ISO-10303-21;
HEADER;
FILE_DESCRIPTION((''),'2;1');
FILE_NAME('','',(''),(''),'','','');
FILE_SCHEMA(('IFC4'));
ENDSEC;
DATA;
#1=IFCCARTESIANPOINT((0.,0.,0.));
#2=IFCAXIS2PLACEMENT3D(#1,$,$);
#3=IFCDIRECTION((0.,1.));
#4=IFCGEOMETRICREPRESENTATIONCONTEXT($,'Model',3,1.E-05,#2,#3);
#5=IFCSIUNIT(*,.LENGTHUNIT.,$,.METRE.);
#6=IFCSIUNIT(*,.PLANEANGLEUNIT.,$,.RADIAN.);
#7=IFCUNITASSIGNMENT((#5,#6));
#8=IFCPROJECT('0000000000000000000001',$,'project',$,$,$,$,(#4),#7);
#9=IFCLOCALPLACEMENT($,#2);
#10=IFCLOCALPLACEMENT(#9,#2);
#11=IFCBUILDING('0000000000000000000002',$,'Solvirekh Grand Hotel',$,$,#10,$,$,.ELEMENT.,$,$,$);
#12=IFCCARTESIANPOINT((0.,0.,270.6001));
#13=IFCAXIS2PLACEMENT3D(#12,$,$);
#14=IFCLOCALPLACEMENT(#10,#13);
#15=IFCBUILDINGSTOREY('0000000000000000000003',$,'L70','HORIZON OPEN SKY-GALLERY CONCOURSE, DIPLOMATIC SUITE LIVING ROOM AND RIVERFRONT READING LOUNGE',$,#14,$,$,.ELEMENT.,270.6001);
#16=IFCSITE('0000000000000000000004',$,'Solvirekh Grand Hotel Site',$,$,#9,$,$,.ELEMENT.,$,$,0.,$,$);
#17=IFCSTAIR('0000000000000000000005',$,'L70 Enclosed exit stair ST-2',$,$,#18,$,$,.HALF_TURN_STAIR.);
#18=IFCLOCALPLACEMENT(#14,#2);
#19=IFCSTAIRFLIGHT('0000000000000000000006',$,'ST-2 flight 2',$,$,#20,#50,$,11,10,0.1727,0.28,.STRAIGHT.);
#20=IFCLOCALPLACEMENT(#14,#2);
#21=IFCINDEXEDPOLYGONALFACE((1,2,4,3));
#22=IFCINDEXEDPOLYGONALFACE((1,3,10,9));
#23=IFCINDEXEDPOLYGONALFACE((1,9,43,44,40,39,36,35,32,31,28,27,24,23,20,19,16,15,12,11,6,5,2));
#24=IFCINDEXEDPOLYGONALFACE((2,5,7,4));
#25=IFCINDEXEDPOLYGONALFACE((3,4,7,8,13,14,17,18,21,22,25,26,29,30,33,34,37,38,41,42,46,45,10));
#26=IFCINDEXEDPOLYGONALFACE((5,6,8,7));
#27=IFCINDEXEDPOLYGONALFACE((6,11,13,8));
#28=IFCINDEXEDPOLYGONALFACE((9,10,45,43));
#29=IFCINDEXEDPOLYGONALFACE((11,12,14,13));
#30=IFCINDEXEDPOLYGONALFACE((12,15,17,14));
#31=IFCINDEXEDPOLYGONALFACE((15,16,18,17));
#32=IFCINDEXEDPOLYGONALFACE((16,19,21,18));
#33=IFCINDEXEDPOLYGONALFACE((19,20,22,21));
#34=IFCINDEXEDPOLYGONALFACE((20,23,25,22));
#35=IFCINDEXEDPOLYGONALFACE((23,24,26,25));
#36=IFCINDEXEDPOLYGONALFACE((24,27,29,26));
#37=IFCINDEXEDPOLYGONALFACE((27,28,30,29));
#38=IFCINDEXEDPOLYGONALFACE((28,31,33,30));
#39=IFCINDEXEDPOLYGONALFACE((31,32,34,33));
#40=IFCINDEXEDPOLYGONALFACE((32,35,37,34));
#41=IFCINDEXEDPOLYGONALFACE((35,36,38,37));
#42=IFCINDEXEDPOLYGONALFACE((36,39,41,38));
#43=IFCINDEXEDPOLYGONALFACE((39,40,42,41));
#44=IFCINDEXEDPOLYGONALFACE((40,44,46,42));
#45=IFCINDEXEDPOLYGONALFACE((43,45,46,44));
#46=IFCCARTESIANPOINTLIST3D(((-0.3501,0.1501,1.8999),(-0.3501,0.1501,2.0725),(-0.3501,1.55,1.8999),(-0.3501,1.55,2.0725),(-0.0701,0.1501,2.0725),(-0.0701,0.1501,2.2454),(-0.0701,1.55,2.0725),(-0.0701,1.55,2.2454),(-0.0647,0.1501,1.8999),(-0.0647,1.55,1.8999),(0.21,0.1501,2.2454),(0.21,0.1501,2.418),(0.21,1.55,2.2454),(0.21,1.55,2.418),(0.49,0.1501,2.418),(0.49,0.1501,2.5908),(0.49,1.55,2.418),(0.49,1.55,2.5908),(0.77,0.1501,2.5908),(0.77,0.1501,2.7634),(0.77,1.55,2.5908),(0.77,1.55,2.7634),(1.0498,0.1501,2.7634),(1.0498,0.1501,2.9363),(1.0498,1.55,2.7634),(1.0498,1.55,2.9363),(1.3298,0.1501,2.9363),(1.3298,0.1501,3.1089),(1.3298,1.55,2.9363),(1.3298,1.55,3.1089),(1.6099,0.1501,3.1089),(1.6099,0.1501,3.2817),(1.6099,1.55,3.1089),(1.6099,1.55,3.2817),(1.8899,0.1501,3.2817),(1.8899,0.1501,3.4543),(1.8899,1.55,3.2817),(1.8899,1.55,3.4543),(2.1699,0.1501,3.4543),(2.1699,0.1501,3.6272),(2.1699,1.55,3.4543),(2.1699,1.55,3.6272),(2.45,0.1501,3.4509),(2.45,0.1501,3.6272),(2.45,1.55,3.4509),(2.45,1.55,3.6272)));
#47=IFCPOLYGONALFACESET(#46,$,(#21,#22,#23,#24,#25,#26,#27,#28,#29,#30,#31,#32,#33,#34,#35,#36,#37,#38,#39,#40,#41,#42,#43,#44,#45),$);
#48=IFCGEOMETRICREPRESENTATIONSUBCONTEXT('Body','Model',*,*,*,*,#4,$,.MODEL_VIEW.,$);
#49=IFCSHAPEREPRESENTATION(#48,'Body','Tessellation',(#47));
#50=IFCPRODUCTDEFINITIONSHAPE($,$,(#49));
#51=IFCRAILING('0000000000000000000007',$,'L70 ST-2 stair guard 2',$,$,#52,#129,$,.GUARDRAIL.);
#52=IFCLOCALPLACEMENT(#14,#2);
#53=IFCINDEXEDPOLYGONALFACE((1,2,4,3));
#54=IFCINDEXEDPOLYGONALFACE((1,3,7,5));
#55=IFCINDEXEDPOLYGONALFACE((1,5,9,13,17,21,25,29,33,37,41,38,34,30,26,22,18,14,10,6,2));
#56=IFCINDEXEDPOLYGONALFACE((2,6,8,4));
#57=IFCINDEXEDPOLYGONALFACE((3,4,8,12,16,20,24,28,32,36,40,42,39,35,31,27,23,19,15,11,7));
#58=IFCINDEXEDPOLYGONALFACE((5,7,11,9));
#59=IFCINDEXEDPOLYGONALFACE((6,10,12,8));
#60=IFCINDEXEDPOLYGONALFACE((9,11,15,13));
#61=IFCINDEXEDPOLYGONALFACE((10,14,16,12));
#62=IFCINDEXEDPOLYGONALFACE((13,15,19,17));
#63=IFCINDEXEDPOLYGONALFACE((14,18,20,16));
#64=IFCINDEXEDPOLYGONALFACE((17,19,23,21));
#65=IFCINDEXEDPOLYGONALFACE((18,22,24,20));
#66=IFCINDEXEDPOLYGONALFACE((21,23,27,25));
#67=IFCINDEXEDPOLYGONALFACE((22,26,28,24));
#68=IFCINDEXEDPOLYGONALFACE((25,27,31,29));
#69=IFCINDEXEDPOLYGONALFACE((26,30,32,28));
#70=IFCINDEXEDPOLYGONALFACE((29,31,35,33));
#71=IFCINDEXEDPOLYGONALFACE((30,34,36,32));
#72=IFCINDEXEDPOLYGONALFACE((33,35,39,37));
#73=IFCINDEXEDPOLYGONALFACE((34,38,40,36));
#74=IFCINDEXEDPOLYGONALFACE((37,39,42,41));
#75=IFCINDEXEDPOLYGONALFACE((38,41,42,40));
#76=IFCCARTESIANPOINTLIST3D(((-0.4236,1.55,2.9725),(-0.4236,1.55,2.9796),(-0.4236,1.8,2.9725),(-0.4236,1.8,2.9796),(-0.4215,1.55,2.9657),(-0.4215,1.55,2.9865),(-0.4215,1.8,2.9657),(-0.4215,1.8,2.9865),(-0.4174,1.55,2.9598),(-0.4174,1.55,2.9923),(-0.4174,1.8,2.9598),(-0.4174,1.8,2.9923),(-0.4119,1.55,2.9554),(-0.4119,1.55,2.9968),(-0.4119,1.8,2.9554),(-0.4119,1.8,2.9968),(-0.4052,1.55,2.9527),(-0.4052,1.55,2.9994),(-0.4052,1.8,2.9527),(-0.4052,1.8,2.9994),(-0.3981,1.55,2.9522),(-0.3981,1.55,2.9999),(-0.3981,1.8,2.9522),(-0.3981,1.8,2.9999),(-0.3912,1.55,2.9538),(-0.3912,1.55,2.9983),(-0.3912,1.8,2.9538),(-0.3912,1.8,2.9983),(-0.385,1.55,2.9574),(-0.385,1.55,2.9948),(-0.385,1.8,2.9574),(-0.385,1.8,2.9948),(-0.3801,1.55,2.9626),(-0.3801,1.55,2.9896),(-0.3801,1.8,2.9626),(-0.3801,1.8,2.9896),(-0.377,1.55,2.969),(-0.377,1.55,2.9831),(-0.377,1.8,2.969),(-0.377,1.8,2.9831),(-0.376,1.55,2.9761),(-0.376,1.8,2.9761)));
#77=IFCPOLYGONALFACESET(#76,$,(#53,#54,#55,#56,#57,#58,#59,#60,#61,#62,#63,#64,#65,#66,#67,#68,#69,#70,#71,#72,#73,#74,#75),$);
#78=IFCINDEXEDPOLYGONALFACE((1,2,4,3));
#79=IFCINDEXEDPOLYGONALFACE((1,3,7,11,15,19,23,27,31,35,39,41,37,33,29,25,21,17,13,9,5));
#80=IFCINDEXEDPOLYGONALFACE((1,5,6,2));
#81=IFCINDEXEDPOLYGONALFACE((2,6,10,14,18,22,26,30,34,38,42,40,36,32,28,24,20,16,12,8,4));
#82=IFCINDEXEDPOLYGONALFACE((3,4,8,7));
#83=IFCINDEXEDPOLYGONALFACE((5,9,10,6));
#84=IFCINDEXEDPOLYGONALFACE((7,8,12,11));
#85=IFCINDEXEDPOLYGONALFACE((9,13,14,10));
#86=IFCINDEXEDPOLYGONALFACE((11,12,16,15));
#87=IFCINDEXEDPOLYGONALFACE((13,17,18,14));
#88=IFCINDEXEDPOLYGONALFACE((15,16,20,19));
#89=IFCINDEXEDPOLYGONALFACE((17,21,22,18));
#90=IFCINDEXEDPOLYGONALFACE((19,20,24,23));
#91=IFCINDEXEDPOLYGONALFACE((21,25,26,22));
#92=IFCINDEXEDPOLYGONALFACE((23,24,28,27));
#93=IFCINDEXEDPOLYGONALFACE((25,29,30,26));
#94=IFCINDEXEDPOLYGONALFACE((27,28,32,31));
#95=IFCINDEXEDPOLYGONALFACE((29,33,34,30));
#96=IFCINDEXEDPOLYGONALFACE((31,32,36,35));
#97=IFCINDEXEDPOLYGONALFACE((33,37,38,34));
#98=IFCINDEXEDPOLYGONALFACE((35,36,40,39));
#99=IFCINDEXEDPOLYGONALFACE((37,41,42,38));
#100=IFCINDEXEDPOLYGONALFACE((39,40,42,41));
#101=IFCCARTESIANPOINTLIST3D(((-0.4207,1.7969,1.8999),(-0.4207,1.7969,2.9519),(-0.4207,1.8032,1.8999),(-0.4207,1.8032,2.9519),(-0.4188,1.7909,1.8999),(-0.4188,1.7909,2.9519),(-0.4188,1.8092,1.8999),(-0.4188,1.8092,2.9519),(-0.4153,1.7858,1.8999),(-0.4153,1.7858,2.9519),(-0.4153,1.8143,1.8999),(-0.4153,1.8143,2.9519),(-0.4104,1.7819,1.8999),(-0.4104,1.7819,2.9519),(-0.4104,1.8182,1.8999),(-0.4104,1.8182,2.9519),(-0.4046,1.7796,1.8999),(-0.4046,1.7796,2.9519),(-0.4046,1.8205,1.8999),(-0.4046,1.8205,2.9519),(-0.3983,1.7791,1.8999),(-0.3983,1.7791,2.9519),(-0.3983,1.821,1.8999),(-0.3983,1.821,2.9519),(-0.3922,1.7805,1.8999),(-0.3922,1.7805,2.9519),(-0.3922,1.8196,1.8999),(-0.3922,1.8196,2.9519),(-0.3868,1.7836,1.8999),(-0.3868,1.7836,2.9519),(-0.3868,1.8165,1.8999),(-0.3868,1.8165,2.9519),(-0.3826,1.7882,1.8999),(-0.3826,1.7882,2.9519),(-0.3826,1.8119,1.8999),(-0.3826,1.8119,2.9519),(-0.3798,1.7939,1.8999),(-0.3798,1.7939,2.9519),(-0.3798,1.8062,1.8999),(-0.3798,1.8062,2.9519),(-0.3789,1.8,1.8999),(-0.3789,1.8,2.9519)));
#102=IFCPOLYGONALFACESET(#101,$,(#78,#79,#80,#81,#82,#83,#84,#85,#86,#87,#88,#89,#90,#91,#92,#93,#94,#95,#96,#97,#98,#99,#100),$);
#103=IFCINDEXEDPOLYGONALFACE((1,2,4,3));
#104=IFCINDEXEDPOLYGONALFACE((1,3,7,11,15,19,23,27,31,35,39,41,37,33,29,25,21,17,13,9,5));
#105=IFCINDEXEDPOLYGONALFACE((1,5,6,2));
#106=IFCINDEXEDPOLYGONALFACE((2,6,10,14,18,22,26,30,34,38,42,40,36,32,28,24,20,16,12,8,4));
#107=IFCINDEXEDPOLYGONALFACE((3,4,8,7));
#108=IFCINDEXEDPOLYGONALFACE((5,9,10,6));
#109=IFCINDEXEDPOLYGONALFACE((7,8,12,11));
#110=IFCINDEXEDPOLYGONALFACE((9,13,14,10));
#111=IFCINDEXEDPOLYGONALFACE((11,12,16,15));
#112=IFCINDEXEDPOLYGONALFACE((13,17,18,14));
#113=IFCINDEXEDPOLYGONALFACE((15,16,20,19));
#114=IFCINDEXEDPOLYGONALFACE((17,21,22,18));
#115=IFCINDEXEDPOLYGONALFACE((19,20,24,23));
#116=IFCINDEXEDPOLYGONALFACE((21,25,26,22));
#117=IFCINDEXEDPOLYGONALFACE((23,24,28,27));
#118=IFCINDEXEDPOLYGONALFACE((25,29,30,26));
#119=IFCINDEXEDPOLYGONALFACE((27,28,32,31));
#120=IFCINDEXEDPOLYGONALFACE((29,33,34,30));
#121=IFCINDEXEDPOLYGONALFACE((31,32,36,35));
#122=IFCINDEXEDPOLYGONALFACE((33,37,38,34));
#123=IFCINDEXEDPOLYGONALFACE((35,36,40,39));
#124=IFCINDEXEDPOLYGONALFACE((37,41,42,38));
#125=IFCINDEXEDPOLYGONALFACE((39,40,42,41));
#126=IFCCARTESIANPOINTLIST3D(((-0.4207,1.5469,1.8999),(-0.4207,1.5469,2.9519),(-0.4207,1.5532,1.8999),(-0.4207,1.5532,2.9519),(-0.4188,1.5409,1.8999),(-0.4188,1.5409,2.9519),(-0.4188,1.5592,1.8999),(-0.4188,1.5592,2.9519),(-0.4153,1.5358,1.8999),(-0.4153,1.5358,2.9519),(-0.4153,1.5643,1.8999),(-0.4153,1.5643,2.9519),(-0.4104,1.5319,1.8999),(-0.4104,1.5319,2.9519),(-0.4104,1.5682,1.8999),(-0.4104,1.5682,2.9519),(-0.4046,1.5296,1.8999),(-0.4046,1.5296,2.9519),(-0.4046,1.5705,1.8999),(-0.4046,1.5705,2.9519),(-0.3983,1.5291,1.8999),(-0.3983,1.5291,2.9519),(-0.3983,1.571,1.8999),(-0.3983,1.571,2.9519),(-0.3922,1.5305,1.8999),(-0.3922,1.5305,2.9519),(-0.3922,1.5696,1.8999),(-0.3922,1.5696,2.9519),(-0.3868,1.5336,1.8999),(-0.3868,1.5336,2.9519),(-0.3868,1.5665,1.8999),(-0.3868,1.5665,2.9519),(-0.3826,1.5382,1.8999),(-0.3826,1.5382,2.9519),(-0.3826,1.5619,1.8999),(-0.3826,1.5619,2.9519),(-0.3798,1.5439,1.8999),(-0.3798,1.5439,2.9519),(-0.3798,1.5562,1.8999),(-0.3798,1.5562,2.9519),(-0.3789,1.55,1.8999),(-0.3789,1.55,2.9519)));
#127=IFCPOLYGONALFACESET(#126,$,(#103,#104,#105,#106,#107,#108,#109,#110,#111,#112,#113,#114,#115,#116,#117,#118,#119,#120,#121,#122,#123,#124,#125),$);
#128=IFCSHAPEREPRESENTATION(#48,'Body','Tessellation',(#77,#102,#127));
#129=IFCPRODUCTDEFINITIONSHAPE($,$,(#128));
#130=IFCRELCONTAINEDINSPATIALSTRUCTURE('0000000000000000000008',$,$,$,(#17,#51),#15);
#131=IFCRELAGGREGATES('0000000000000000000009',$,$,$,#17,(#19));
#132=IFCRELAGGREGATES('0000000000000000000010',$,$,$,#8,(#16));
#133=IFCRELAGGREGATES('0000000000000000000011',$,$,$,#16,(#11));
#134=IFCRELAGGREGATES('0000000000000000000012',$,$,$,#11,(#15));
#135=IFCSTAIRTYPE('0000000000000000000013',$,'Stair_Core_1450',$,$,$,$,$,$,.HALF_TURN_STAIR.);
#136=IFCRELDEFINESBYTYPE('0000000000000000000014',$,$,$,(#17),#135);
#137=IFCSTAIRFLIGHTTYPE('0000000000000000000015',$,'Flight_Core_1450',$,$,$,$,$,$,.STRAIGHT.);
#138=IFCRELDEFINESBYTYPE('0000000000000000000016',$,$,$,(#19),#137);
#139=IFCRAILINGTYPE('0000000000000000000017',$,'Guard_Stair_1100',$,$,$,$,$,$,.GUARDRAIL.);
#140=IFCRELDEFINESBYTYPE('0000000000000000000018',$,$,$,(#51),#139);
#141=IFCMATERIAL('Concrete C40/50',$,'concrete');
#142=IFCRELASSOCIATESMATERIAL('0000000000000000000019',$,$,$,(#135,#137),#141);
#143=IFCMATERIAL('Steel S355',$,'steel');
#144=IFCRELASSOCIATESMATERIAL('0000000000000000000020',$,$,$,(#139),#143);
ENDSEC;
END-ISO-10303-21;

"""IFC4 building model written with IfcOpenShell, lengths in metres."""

from ifc_helpers import new_model, si_unit, direction, frame, origin, origin_2d, place, context, subcontext, project, spatial, polyline, circle, outline, extrude, material, type_object, element, aggregate, save


model = new_model("IFC4")

# Units and contexts
model_context = context("Model", 3, precision=1e-05, world=origin(), true_north=direction((0.0, 1.0)))
body_context = subcontext(model_context, "Body", "Model", "MODEL_VIEW")
ifc_project = project(units=[si_unit("LENGTHUNIT", "METRE"), si_unit("PLANEANGLEUNIT", "RADIAN")], contexts=[model_context])

# Site, building, storey
site_placement = place(None, origin())
site = spatial("IfcSite", under=ifc_project, at=site_placement, Name="Solvirekh Grand Hotel Site", CompositionType="ELEMENT", RefElevation=0.0)
building_placement = place(site_placement, origin())
building = spatial("IfcBuilding", under=site, at=building_placement, Name="Solvirekh Grand Hotel", CompositionType="ELEMENT")
storey_placement = place(building_placement, frame((0.0, 0.0, 270.6001)))
storey = spatial("IfcBuildingStorey", under=building, at=storey_placement, Name="L70", Description="HORIZON OPEN SKY-GALLERY CONCOURSE, DIPLOMATIC SUITE LIVING ROOM AND RIVERFRONT READING LOUNGE", CompositionType="ELEMENT", Elevation=270.6001)

# Shared definitions
ifc_material_1 = material(Name="Steel S355", Category="steel")

# Shared definitions
ifc_material_2 = material(Name="Concrete C40/50", Category="concrete")

# Stair, stair flight
stair_type = type_object("IfcStairType", Name="Stair_Core_1450", PredefinedType="HALF_TURN_STAIR", material=ifc_material_2)
stair_placement = place(storey_placement, origin())
stair = element("IfcStair", 1, at=stair_placement, inside=storey, type_object=stair_type, Name="L70 Enclosed exit stair ST-2", PredefinedType="HALF_TURN_STAIR")
stair_flight_type = type_object("IfcStairFlightType", Name="Flight_Core_1450", PredefinedType="STRAIGHT", material=ifc_material_2)
stair_flight_placement = place(storey_placement, frame((-0.3501, 0.8501, 1.8999), z_axis=(0.0, 0.0, 1.0), x_axis=(1.0, 0.0, 0.0)))
stair_flight = element("IfcStairFlight", 2, at=stair_flight_placement, type_object=stair_flight_type, Name="ST-2 flight 2", NumberOfRisers=11, NumberOfTreads=10, PredefinedType="STRAIGHT", RiserHeight=0.1727, TreadLength=0.28, context=body_context, shape_type="SweptSolid", body=[
    extrude(outline(polyline([(0.0, 0.0), (0.0, 0.1726), (0.28, 0.1726), (0.28, 0.3455), (0.5601, 0.3455), (0.5601, 0.5181), (0.8401, 0.5181), (0.8401, 0.6909), (1.1201, 0.6909), (1.1201, 0.8635), (1.3999, 0.8635), (1.3999, 1.0364), (1.6799, 1.0364), (1.6799, 1.209), (1.96, 1.209), (1.96, 1.3818), (2.24, 1.3818), (2.24, 1.5544), (2.52, 1.5544), (2.52, 1.7273), (2.8, 1.7273), (2.8, 1.8999), (2.8, 1.551), (0.2854, 0.0), (0.0, 0.0)])), frame((0.0, 0.7, 0.0), z_axis=(0.0, -1.0, 0.0), x_axis=(1.0, 0.0, 0.0)), (0.0, 0.0, 1.0), 1.3999),
])
aggregate(stair, [stair_flight])

# Railing
railing_type_1 = type_object("IfcRailingType", Name="Guard_Stair_1100", PredefinedType="GUARDRAIL", material=ifc_material_1)
railing_1_placement = place(storey_placement, frame((-0.3999, 1.8, 1.8999)))
element("IfcRailing", 3, at=railing_1_placement, inside=storey, type_object=railing_type_1, Name="L70 ST-2 stair guard 2", PredefinedType="GUARDRAIL", context=body_context, shape_type="SweptSolid", body=[
    extrude(circle(Radius=0.0239, at=origin_2d()), frame((0.0, 0.0, 1.0762), z_axis=(0.0, -1.0, 0.0), x_axis=(1.0, 0.0, 0.0)), (0.0, 0.0, 1.0), 0.25),
    extrude(circle(Radius=0.021, at=origin_2d()), origin(), (0.0, 0.0, 1.0), 1.052),
    extrude(circle(Radius=0.021, at=origin_2d()), frame((0.0, -0.25, 0.0)), (0.0, 0.0, 1.0), 1.052),
])

save(model, "model.ifc")
